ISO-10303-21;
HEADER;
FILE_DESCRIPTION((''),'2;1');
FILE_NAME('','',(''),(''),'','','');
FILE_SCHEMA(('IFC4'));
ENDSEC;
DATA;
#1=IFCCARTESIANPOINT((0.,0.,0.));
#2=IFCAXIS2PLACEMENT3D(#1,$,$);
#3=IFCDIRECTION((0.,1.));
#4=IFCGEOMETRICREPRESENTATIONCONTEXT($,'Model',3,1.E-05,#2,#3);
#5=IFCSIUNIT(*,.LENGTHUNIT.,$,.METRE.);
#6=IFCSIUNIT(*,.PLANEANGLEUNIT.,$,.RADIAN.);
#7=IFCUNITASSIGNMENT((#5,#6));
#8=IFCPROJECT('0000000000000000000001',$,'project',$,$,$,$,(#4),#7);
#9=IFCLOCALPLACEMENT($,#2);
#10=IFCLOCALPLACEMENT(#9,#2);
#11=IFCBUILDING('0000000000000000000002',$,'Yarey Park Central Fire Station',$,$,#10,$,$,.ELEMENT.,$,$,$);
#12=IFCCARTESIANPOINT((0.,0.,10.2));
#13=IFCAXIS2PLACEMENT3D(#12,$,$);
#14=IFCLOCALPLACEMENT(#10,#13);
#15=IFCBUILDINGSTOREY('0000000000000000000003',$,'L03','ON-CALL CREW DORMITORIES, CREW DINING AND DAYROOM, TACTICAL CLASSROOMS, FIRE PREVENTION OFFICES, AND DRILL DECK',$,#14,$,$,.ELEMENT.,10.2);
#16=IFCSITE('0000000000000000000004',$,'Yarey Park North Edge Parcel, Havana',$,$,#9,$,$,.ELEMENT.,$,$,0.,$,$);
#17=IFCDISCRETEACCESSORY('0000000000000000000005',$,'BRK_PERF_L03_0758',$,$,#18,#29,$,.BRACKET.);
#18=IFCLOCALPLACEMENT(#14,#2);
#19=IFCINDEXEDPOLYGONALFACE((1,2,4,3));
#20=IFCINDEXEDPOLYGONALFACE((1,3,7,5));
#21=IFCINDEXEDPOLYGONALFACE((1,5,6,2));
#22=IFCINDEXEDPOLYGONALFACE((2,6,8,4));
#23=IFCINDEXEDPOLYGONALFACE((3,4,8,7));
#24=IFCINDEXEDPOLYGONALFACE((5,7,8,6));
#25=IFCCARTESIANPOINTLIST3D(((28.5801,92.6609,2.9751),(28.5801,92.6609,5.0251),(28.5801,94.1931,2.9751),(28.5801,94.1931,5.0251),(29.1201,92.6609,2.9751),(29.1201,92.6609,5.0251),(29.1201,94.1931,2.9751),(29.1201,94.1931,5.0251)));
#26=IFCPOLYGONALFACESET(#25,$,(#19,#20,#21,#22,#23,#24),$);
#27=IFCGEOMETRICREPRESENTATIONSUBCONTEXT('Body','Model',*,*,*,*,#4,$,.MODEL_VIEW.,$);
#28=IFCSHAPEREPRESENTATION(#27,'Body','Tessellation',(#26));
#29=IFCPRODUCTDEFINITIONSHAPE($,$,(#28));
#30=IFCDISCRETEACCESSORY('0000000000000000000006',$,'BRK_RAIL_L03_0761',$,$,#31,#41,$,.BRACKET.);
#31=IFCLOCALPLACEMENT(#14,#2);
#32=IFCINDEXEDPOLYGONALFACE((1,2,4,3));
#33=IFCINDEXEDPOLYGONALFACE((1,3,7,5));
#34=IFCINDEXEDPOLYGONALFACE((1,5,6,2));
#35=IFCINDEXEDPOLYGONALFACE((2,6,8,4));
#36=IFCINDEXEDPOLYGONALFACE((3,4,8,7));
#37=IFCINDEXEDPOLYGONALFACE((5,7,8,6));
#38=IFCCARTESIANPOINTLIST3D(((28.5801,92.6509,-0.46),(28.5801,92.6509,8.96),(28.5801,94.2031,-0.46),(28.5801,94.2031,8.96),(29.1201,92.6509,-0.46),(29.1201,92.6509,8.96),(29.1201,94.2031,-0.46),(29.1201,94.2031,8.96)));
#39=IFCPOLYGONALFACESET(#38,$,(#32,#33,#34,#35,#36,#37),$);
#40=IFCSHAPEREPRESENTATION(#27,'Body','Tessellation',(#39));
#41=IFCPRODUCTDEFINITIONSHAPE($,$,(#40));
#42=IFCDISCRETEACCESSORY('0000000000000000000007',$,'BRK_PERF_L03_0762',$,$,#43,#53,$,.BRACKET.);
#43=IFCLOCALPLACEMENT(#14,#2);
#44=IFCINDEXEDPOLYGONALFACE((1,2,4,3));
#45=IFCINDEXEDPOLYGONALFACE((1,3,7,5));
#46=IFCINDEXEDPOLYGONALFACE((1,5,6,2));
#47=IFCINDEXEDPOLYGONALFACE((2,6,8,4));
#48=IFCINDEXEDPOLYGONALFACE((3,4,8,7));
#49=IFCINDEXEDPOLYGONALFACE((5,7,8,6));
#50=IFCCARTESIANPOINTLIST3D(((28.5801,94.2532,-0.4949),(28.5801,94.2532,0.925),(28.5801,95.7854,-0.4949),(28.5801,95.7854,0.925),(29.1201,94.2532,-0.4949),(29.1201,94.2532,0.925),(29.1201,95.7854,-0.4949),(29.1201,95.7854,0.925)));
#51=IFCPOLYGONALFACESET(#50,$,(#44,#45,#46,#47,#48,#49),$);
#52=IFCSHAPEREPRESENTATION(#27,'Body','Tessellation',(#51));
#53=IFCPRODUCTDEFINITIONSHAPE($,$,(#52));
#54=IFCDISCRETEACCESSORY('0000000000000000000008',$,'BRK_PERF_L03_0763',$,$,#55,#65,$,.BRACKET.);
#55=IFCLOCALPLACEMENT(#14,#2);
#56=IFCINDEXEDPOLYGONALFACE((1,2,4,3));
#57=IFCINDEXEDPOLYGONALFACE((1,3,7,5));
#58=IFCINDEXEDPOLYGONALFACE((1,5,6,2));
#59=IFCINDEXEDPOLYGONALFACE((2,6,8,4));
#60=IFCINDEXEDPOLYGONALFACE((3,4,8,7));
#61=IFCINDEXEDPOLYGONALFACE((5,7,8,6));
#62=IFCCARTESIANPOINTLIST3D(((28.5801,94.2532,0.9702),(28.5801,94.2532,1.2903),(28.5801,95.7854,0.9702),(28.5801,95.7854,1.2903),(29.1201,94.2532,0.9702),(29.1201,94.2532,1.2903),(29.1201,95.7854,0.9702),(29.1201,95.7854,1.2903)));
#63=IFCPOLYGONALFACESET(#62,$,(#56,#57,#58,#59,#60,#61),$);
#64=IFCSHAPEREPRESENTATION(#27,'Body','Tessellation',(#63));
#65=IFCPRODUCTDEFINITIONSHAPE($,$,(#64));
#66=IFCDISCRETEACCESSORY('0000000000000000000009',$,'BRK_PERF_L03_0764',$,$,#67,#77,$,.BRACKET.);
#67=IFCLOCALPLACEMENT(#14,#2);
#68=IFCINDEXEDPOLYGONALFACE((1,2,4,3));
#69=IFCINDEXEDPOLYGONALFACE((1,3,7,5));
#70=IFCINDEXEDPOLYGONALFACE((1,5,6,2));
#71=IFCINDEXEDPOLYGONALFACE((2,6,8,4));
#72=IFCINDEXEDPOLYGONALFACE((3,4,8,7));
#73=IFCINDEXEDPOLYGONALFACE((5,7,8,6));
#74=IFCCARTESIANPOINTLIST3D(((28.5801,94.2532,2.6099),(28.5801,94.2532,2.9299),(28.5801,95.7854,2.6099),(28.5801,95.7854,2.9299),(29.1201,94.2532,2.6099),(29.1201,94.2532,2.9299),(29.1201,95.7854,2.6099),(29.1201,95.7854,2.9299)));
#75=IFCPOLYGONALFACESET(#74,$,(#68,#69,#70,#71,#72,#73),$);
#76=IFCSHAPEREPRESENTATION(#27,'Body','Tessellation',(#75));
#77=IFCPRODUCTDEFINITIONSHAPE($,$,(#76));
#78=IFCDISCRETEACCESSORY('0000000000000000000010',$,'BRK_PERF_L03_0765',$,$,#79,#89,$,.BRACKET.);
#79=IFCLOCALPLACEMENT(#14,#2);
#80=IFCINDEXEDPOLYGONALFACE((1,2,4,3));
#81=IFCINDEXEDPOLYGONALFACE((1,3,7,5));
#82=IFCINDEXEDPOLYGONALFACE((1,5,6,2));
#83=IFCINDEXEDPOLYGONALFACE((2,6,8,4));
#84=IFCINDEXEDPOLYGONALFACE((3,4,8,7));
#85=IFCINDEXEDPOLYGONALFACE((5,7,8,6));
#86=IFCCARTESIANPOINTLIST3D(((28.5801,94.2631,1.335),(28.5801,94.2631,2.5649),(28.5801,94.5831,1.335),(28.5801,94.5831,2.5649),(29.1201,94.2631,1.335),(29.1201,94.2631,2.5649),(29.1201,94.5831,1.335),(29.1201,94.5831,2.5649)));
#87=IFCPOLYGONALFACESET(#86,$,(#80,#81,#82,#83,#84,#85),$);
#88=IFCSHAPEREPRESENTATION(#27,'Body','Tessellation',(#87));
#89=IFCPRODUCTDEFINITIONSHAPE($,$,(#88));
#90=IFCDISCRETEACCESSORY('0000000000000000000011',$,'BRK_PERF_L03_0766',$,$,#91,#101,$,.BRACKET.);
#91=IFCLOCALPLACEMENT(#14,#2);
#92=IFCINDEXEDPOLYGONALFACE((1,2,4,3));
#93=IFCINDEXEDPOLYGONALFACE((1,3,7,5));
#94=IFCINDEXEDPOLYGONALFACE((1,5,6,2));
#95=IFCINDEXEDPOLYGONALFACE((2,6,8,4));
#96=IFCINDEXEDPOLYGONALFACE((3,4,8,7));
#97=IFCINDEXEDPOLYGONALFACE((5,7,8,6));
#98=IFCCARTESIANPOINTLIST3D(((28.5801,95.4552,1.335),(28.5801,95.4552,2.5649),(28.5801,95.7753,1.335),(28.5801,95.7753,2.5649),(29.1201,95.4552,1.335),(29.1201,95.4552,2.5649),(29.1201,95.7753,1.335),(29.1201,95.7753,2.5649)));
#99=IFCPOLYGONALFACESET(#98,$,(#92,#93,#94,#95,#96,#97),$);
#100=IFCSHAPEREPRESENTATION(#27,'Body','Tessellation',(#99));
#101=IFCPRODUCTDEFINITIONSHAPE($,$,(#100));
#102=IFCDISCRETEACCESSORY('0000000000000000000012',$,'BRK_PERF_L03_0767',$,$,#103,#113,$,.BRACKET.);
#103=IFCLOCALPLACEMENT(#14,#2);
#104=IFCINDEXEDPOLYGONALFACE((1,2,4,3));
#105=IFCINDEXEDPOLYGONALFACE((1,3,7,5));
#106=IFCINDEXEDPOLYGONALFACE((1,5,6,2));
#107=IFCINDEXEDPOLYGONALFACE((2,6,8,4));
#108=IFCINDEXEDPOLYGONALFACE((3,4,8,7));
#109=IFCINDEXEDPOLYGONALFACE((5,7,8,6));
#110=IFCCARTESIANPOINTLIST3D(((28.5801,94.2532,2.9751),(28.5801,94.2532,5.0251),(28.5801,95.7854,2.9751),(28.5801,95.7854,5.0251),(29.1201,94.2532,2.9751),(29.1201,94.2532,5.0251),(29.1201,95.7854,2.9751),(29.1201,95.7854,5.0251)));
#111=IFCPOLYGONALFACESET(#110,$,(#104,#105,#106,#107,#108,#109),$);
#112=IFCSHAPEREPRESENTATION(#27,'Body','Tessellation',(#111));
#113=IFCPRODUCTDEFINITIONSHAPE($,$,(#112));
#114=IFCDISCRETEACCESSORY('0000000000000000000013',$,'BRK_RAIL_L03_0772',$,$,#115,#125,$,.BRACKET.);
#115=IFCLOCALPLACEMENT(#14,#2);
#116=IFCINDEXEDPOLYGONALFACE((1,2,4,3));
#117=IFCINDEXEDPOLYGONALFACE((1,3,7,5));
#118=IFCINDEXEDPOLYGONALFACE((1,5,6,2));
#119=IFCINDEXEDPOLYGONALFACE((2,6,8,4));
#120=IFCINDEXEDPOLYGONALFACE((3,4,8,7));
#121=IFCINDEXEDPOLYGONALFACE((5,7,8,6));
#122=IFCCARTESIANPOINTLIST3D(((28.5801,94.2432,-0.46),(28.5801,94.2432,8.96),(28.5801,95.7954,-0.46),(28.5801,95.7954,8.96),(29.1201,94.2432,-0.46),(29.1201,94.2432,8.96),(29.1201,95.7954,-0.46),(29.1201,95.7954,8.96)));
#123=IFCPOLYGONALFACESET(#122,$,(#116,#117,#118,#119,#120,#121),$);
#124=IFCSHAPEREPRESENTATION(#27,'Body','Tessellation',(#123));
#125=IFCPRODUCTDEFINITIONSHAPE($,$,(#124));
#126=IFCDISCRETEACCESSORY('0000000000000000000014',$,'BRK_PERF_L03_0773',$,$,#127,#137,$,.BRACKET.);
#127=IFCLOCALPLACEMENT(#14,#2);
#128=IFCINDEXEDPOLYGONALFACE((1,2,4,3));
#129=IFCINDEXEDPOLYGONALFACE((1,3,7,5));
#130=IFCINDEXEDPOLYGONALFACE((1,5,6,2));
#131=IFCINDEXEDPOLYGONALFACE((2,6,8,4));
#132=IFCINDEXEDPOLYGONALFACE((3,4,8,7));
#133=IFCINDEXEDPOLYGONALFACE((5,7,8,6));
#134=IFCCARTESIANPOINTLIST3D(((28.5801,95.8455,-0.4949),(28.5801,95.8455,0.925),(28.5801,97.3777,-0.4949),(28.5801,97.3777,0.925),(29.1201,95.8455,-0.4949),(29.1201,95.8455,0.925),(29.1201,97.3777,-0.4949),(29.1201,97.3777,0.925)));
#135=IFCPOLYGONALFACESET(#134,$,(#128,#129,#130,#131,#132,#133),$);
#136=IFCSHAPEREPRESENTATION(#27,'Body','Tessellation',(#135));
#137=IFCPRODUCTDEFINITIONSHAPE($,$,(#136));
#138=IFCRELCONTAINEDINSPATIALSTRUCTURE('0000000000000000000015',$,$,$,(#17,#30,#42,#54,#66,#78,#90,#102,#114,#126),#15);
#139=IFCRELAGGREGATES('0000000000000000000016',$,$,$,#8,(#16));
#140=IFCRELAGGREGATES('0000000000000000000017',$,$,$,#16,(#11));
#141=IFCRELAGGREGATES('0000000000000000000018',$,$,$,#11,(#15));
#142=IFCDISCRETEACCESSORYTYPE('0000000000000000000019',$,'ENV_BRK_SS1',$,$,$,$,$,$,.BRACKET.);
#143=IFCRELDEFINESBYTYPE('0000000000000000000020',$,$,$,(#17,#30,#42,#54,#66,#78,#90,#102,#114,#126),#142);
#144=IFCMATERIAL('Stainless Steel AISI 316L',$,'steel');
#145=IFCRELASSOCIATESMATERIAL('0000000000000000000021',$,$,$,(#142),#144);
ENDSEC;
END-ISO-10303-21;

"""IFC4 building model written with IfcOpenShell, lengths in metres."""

from ifc_helpers import new_model, si_unit, direction, frame, origin, origin_2d, place, context, subcontext, project, spatial, rectangle, extrude, material, type_object, element, save


model = new_model("IFC4")

# Units and contexts
model_context = context("Model", 3, precision=1e-05, world=origin(), true_north=direction((0.0, 1.0)))
body_context = subcontext(model_context, "Body", "Model", "MODEL_VIEW")
ifc_project = project(units=[si_unit("LENGTHUNIT", "METRE"), si_unit("PLANEANGLEUNIT", "RADIAN")], contexts=[model_context])

# Site, building, storey
site_placement = place(None, origin())
site = spatial("IfcSite", under=ifc_project, at=site_placement, Name="Yarey Park North Edge Parcel, Havana", CompositionType="ELEMENT", RefElevation=0.0)
building_placement = place(site_placement, origin())
building = spatial("IfcBuilding", under=site, at=building_placement, Name="Yarey Park Central Fire Station", CompositionType="ELEMENT")
storey_placement = place(building_placement, frame((0.0, 0.0, 10.2)))
storey = spatial("IfcBuildingStorey", under=building, at=storey_placement, Name="L03", Description="ON-CALL CREW DORMITORIES, CREW DINING AND DAYROOM, TACTICAL CLASSROOMS, FIRE PREVENTION OFFICES, AND DRILL DECK", CompositionType="ELEMENT", Elevation=10.2)

# Discrete accessories
ifc_material_1 = material(Name="Stainless Steel AISI 316L", Category="steel")
discrete_accessory_type = type_object("IfcDiscreteAccessoryType", Name="ENV_BRK_SS1", PredefinedType="BRACKET", material=ifc_material_1)
discrete_accessory_1_placement = place(storey_placement, frame((28.8501, 93.427, 2.9751), z_axis=(0.0, 0.0, 1.0), x_axis=(1.0, 0.0, 0.0)))
element("IfcDiscreteAccessory", 1, at=discrete_accessory_1_placement, inside=storey, type_object=discrete_accessory_type, Name="BRK_PERF_L03_0758", PredefinedType="BRACKET", context=body_context, shape_type="SweptSolid", body=[
    extrude(rectangle(XDim=0.54, YDim=1.5322, at=origin_2d()), origin(), (0.0, 0.0, 1.0), 2.05),
])
discrete_accessory_2_placement = place(storey_placement, frame((28.8501, 93.427, -0.46), z_axis=(0.0, 0.0, 1.0), x_axis=(1.0, 0.0, 0.0)))
element("IfcDiscreteAccessory", 2, at=discrete_accessory_2_placement, inside=storey, type_object=discrete_accessory_type, Name="BRK_RAIL_L03_0761", PredefinedType="BRACKET", context=body_context, shape_type="SweptSolid", body=[
    extrude(rectangle(XDim=0.54, YDim=1.5522, at=origin_2d()), origin(), (0.0, 0.0, 1.0), 9.4199),
])
discrete_accessory_3_placement = place(storey_placement, frame((28.8501, 95.0193, -0.4949), z_axis=(0.0, 0.0, 1.0), x_axis=(1.0, 0.0, 0.0)))
element("IfcDiscreteAccessory", 3, at=discrete_accessory_3_placement, inside=storey, type_object=discrete_accessory_type, Name="BRK_PERF_L03_0762", PredefinedType="BRACKET", context=body_context, shape_type="SweptSolid", body=[
    extrude(rectangle(XDim=0.54, YDim=1.5322, at=origin_2d()), origin(), (0.0, 0.0, 1.0), 1.4199),
])
for number, where, z_axis, x_axis, name in (
    (4, (28.8501, 95.0193, 0.9702), (0.0, 0.0, 1.0), (1.0, 0.0, 0.0), "BRK_PERF_L03_0763"),
    (5, (28.8501, 95.0193, 2.6099), (0.0, 0.0, 1.0), (1.0, 0.0, 0.0), "BRK_PERF_L03_0764"),
):
    element("IfcDiscreteAccessory", number, at=place(storey_placement, frame(where, z_axis=z_axis, x_axis=x_axis)), inside=storey, type_object=discrete_accessory_type, Name=name, PredefinedType="BRACKET", context=body_context, shape_type="SweptSolid", body=[
        extrude(rectangle(XDim=0.54, YDim=1.5322, at=origin_2d()), origin(), (0.0, 0.0, 1.0), 0.3201),
    ])
for number, where, z_axis, x_axis, name in (
    (6, (28.8501, 94.4231, 1.335), (0.0, 0.0, 1.0), (1.0, 0.0, 0.0), "BRK_PERF_L03_0765"),
    (7, (28.8501, 95.6152, 1.335), (0.0, 0.0, 1.0), (1.0, 0.0, 0.0), "BRK_PERF_L03_0766"),
):
    element("IfcDiscreteAccessory", number, at=place(storey_placement, frame(where, z_axis=z_axis, x_axis=x_axis)), inside=storey, type_object=discrete_accessory_type, Name=name, PredefinedType="BRACKET", context=body_context, shape_type="SweptSolid", body=[
        extrude(rectangle(XDim=0.54, YDim=0.3201, at=origin_2d()), origin(), (0.0, 0.0, 1.0), 1.23),
    ])
discrete_accessory_4_placement = place(storey_placement, frame((28.8501, 95.0193, 2.9751), z_axis=(0.0, 0.0, 1.0), x_axis=(1.0, 0.0, 0.0)))
element("IfcDiscreteAccessory", 8, at=discrete_accessory_4_placement, inside=storey, type_object=discrete_accessory_type, Name="BRK_PERF_L03_0767", PredefinedType="BRACKET", context=body_context, shape_type="SweptSolid", body=[
    extrude(rectangle(XDim=0.54, YDim=1.5322, at=origin_2d()), origin(), (0.0, 0.0, 1.0), 2.05),
])
discrete_accessory_5_placement = place(storey_placement, frame((28.8501, 95.0193, -0.46), z_axis=(0.0, 0.0, 1.0), x_axis=(1.0, 0.0, 0.0)))
element("IfcDiscreteAccessory", 9, at=discrete_accessory_5_placement, inside=storey, type_object=discrete_accessory_type, Name="BRK_RAIL_L03_0772", PredefinedType="BRACKET", context=body_context, shape_type="SweptSolid", body=[
    extrude(rectangle(XDim=0.54, YDim=1.5522, at=origin_2d()), origin(), (0.0, 0.0, 1.0), 9.4199),
])
discrete_accessory_6_placement = place(storey_placement, frame((28.8501, 96.6116, -0.4949), z_axis=(0.0, 0.0, 1.0), x_axis=(1.0, 0.0, 0.0)))
element("IfcDiscreteAccessory", 10, at=discrete_accessory_6_placement, inside=storey, type_object=discrete_accessory_type, Name="BRK_PERF_L03_0773", PredefinedType="BRACKET", context=body_context, shape_type="SweptSolid", body=[
    extrude(rectangle(XDim=0.54, YDim=1.5322, at=origin_2d()), origin(), (0.0, 0.0, 1.0), 1.4199),
])

save(model, "model.ifc")
